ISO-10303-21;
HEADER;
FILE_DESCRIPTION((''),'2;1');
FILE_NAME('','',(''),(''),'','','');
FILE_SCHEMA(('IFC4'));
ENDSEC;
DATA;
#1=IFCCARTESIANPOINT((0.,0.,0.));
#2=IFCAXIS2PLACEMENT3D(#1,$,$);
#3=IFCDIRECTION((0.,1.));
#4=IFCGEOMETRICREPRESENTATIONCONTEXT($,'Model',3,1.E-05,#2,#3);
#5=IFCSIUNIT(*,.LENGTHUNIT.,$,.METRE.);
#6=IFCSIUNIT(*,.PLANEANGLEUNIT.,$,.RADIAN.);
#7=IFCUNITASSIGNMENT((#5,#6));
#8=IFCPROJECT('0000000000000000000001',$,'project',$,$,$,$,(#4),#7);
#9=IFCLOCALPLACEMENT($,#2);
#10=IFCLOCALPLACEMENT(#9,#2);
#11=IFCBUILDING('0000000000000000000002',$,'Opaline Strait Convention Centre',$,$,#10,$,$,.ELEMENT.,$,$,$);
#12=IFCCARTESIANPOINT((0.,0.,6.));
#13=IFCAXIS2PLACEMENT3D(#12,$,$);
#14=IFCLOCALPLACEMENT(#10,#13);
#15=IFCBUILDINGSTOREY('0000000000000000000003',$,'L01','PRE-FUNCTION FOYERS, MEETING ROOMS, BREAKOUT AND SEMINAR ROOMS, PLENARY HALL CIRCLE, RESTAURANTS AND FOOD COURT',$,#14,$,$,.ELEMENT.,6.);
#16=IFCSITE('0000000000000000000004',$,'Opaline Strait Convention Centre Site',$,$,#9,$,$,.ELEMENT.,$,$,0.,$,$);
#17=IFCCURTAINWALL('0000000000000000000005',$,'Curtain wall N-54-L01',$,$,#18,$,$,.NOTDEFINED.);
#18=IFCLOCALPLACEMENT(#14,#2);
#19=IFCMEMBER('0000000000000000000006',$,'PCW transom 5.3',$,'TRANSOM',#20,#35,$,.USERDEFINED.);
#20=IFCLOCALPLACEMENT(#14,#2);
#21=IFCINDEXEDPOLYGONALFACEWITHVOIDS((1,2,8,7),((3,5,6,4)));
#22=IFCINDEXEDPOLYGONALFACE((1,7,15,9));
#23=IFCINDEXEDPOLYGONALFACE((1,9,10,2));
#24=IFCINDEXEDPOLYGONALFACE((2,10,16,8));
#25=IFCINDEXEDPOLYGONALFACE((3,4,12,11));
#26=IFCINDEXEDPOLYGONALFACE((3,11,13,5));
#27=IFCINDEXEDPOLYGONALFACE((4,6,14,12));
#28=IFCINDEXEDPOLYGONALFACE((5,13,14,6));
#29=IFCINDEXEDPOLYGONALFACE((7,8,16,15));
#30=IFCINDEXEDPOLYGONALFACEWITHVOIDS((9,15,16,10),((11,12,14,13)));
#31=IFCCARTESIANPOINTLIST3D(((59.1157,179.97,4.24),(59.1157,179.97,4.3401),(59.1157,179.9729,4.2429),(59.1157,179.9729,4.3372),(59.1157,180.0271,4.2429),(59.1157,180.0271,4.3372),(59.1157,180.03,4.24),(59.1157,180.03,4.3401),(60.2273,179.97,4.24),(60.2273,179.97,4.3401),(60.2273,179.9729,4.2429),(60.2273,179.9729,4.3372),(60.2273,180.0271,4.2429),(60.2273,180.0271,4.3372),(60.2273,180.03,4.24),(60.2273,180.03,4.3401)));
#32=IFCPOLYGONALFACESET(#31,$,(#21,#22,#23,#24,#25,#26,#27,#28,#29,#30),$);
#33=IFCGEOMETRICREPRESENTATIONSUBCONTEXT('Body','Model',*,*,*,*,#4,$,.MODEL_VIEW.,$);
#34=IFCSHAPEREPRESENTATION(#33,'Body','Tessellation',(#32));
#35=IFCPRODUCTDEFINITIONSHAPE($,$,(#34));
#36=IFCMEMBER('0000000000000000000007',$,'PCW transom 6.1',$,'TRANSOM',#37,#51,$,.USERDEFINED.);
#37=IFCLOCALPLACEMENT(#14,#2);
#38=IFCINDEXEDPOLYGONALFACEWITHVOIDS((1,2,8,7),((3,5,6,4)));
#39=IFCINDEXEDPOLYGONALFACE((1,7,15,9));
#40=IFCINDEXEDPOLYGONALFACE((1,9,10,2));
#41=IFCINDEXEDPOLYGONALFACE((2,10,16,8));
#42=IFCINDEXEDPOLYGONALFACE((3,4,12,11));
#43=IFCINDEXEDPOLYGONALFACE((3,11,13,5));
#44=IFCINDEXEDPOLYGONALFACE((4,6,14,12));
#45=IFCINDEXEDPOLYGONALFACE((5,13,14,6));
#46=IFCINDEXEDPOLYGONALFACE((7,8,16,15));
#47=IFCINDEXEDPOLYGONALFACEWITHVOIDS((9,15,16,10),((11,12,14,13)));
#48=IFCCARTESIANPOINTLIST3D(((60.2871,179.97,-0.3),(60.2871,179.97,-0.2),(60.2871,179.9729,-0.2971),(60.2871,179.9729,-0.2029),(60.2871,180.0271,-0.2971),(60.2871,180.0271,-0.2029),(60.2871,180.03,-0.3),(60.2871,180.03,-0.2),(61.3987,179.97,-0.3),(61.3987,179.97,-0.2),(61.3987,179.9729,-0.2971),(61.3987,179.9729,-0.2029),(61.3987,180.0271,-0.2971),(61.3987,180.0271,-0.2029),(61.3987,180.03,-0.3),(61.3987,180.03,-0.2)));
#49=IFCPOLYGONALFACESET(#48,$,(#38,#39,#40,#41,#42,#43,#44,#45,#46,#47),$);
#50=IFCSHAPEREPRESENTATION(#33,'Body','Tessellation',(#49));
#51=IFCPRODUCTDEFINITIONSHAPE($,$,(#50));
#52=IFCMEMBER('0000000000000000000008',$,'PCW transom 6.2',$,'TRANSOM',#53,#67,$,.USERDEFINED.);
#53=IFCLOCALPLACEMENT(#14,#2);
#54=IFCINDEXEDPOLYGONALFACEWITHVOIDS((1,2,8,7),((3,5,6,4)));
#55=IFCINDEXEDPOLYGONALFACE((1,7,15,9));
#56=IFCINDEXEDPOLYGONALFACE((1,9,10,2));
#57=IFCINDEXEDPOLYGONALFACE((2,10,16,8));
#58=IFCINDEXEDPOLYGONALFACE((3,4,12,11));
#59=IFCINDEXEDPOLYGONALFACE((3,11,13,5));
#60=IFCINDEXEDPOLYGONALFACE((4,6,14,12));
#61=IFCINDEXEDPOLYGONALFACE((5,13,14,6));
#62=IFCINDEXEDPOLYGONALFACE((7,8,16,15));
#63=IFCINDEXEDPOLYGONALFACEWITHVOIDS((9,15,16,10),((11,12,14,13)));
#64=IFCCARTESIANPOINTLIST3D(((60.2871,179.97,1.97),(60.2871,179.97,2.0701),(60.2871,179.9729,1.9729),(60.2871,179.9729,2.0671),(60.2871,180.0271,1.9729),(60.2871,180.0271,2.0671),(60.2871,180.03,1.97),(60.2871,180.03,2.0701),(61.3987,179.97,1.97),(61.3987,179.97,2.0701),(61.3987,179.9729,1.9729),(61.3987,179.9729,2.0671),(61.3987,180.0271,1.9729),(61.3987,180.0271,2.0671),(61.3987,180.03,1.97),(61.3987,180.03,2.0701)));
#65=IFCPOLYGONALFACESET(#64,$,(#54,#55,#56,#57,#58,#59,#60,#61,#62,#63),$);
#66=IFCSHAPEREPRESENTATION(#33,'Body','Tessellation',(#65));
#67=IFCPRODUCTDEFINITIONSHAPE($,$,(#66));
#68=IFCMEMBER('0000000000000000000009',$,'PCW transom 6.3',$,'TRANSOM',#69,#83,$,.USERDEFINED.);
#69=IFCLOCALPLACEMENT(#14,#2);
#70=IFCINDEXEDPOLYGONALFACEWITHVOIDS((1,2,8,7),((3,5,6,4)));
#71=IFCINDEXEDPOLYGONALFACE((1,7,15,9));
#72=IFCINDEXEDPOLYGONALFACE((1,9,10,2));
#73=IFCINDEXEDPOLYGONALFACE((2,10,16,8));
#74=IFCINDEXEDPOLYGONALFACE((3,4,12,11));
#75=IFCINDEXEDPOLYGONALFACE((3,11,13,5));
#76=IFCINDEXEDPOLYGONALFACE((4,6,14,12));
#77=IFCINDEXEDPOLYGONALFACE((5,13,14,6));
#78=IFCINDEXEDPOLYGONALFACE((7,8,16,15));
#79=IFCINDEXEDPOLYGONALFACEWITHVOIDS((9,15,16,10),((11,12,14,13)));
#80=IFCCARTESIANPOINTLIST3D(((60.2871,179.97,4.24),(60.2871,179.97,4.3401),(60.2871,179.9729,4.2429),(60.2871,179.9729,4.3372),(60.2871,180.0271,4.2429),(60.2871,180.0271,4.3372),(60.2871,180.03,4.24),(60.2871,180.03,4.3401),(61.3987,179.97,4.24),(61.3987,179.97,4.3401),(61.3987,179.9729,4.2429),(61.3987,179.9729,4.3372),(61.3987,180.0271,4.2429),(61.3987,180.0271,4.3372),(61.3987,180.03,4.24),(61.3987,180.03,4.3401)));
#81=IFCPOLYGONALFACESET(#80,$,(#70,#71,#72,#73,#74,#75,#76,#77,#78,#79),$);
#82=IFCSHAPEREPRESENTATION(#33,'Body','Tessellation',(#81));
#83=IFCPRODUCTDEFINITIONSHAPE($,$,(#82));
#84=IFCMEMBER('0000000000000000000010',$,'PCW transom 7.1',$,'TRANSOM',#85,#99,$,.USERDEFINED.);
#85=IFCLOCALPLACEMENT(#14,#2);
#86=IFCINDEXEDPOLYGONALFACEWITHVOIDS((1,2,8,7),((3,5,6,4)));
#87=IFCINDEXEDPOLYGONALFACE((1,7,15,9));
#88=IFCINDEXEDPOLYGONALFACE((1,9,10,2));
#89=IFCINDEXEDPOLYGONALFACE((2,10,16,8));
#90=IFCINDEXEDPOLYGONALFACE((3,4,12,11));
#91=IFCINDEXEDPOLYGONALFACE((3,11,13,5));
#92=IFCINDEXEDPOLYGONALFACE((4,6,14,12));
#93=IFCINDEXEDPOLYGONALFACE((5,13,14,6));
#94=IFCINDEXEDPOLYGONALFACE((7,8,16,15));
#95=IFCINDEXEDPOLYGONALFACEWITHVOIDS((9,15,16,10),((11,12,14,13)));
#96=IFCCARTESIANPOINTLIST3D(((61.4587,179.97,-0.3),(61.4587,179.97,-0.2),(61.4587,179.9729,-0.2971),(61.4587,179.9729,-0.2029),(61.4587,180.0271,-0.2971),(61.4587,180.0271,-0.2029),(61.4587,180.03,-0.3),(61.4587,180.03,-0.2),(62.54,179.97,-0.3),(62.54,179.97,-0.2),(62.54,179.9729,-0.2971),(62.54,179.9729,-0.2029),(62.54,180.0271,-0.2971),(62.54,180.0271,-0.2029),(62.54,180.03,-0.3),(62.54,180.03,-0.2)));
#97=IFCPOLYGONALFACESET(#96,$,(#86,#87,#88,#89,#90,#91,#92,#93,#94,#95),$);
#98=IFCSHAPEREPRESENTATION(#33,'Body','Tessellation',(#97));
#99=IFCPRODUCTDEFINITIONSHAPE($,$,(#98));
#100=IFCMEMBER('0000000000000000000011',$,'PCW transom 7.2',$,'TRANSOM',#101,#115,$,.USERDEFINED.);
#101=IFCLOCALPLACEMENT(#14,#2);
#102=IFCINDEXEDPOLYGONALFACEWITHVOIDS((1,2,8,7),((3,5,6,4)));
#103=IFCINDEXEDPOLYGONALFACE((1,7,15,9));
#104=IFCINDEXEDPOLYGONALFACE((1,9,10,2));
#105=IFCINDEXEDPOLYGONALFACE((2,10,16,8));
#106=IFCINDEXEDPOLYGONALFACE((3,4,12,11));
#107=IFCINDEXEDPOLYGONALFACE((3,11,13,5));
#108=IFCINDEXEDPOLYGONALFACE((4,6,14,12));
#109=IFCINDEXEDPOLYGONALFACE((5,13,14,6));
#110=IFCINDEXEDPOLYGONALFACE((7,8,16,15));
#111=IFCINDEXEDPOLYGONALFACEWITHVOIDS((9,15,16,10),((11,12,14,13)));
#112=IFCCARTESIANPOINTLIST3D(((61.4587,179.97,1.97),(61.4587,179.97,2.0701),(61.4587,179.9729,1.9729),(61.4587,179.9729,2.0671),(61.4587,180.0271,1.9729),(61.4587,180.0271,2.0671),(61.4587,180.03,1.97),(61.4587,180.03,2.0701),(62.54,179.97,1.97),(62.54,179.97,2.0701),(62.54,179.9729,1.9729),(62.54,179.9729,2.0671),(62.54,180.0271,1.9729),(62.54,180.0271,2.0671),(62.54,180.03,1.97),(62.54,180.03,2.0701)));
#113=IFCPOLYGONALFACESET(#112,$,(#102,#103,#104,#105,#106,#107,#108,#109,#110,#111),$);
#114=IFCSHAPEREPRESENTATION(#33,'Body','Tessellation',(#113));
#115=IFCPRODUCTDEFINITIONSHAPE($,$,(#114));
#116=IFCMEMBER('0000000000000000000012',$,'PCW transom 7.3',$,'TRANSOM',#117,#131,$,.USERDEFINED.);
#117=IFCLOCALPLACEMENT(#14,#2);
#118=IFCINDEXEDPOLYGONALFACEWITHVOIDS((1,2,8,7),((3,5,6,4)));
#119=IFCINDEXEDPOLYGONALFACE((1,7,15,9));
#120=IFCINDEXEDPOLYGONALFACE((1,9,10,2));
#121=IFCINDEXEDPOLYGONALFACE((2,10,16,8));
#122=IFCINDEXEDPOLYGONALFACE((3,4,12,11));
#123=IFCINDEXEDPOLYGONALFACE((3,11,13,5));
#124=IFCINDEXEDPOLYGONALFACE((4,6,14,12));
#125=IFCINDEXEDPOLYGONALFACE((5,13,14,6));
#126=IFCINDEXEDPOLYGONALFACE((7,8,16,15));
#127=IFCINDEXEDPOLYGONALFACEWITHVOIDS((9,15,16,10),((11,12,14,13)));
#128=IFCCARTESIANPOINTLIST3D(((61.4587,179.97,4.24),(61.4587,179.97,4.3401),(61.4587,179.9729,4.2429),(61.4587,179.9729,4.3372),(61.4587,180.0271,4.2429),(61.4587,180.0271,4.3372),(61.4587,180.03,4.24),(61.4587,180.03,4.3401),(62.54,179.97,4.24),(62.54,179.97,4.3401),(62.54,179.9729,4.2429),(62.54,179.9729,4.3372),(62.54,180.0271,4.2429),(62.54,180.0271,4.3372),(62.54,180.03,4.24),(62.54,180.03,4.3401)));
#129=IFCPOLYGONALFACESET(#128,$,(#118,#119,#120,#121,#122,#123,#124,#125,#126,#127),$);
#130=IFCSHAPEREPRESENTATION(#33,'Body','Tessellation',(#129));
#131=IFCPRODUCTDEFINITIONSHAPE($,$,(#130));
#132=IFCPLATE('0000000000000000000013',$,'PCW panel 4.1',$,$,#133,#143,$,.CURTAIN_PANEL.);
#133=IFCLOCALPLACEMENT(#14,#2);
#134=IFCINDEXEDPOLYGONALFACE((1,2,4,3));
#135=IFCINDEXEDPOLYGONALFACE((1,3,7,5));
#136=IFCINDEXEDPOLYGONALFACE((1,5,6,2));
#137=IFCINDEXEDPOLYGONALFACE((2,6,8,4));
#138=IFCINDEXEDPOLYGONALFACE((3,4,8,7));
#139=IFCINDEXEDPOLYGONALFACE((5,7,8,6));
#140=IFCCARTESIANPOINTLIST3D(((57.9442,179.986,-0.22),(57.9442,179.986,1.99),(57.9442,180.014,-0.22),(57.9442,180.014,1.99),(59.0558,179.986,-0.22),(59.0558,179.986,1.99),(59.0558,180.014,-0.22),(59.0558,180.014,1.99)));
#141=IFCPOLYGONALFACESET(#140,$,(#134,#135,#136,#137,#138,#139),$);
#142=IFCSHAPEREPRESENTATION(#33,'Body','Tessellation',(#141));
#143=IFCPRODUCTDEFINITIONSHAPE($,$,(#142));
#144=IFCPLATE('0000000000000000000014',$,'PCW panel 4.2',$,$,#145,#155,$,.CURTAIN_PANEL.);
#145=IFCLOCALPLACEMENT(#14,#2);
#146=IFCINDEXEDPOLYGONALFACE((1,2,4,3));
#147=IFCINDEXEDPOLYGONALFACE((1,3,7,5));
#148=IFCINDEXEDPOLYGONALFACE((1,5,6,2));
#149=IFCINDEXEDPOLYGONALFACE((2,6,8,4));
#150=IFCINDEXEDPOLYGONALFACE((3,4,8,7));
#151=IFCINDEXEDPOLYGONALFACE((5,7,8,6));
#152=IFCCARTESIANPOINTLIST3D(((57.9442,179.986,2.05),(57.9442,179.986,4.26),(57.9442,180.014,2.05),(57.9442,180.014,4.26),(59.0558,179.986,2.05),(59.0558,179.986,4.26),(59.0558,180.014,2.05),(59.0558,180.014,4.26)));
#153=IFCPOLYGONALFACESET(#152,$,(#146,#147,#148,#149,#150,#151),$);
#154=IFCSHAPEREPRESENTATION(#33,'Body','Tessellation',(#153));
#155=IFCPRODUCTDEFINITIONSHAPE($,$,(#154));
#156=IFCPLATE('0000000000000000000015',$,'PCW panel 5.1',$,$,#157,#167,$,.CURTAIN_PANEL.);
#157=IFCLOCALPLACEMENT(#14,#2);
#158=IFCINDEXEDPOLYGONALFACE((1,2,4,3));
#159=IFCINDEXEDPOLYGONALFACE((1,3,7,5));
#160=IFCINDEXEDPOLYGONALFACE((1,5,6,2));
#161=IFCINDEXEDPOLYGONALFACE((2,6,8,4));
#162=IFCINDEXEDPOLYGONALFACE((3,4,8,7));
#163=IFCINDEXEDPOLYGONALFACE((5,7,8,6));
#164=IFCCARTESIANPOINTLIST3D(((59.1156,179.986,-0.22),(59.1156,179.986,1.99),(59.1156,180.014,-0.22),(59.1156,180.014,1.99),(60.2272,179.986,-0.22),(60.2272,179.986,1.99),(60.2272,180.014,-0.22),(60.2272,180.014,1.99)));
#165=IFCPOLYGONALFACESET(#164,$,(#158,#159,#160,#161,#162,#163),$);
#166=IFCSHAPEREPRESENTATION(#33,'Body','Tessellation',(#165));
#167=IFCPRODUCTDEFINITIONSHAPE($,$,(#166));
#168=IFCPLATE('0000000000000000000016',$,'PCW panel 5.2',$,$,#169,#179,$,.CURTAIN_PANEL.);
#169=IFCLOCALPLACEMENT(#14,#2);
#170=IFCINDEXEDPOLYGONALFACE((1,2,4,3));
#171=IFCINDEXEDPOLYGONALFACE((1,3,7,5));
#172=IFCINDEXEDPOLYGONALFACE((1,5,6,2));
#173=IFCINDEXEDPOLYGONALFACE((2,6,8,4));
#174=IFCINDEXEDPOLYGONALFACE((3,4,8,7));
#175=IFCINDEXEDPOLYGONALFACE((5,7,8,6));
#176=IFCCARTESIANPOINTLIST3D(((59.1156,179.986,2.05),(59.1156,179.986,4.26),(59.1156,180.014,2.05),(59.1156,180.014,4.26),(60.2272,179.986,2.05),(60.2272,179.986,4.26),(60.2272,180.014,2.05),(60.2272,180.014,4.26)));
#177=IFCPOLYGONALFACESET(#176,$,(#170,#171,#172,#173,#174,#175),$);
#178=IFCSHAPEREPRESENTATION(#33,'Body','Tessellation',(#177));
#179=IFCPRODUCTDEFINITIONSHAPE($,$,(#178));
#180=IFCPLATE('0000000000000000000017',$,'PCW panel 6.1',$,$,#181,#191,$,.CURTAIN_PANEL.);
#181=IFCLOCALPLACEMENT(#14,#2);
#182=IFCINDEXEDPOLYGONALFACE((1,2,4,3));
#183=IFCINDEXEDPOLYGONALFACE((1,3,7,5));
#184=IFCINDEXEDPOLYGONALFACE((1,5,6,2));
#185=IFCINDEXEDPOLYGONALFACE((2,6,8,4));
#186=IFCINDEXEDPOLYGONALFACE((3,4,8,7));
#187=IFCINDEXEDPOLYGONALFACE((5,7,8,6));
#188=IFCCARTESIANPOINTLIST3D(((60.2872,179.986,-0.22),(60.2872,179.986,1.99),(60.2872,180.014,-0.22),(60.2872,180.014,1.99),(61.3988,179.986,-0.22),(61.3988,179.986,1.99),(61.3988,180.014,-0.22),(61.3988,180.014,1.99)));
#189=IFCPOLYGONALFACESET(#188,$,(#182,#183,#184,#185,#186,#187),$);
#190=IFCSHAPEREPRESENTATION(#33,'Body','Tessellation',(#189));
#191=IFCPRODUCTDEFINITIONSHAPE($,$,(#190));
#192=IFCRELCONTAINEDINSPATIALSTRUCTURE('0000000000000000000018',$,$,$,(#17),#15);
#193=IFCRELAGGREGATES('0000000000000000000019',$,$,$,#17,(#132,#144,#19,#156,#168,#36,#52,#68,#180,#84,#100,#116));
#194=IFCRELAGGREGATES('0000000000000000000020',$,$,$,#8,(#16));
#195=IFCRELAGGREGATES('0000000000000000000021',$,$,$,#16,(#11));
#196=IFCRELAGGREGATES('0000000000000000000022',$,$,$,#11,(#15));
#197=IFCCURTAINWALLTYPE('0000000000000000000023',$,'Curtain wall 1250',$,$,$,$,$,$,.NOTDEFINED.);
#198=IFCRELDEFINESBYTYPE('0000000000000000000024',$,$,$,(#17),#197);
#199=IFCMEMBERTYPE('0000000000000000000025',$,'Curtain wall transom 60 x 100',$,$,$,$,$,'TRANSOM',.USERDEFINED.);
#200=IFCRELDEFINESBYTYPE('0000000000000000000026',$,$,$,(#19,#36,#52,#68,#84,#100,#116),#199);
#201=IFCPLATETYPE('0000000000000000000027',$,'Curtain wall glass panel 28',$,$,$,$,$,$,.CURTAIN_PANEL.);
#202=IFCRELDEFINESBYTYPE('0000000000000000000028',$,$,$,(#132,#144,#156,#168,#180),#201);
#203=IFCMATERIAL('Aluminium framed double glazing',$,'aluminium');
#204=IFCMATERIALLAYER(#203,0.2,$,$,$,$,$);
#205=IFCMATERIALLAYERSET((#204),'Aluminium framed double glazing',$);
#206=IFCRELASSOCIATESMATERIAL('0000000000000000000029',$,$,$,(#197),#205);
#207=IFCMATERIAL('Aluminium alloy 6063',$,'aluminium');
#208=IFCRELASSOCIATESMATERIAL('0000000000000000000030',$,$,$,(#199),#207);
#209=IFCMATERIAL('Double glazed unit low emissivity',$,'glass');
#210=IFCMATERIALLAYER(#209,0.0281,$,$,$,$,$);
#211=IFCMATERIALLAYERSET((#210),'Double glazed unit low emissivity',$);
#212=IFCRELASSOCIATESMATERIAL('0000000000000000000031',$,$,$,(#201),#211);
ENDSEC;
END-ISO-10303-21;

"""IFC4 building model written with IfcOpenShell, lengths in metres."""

from ifc_helpers import new_model, si_unit, direction, frame, origin, origin_2d, place, context, subcontext, project, spatial, rectangle, hollow_rectangle, extrude, material, layer, layer_set, material_profile, profile_set, type_object, element, aggregate, save


model = new_model("IFC4")

# Units and contexts
model_context = context("Model", 3, precision=1e-05, world=origin(), true_north=direction((0.0, 1.0)))
body_context = subcontext(model_context, "Body", "Model", "MODEL_VIEW")
ifc_project = project(units=[si_unit("LENGTHUNIT", "METRE"), si_unit("PLANEANGLEUNIT", "RADIAN")], contexts=[model_context])

# Site, building, storey
site_placement = place(None, origin())
site = spatial("IfcSite", under=ifc_project, at=site_placement, Name="Opaline Strait Convention Centre Site", CompositionType="ELEMENT", RefElevation=0.0)
building_placement = place(site_placement, origin())
building = spatial("IfcBuilding", under=site, at=building_placement, Name="Opaline Strait Convention Centre", CompositionType="ELEMENT")
storey_placement = place(building_placement, frame((0.0, 0.0, 6.0)))
storey = spatial("IfcBuildingStorey", under=building, at=storey_placement, Name="L01", Description="PRE-FUNCTION FOYERS, MEETING ROOMS, BREAKOUT AND SEMINAR ROOMS, PLENARY HALL CIRCLE, RESTAURANTS AND FOOD COURT", CompositionType="ELEMENT", Elevation=6.0)

# Curtain wall, members, plates
ifc_material_1 = material(Name="Aluminium framed double glazing", Category="aluminium")
ifc_layer_1 = layer(ifc_material_1, 0.2)
ifc_layer_set_1 = layer_set([ifc_layer_1], Name="Aluminium framed double glazing")
curtain_wall_type = type_object("IfcCurtainWallType", Name="Curtain wall 1250", PredefinedType="NOTDEFINED", material=ifc_layer_set_1)
curtain_wall_placement = place(storey_placement, origin())
curtain_wall = element("IfcCurtainWall", 1, at=curtain_wall_placement, inside=storey, type_object=curtain_wall_type, Name="Curtain wall N-54-L01", PredefinedType="NOTDEFINED")
ifc_material_2 = material(Name="Aluminium alloy 6063", Category="aluminium")
ifc_material_profile_1 = material_profile(ifc_material_2, hollow_rectangle(XDim=0.0601, YDim=0.1001, WallThickness=0.0029, at=origin_2d()), Name="TRANSOM 60x100x3")
ifc_profile_set_1 = profile_set([ifc_material_profile_1], Name="Aluminium alloy 6063")
member_type_1 = type_object("IfcMemberType", Name="Curtain wall transom 60 x 100", ElementType="TRANSOM", PredefinedType="USERDEFINED", material=ifc_profile_set_1)
member_1_placement = place(storey_placement, frame((59.1157, 180.0, 4.29), z_axis=(1.0, 0.0, 0.0), x_axis=(0.0, 1.0, 0.0)))
member_1 = element("IfcMember", 2, at=member_1_placement, type_object=member_type_1, Name="PCW transom 5.3", ObjectType="TRANSOM", PredefinedType="USERDEFINED", context=body_context, shape_type="SweptSolid", body=[
    extrude(hollow_rectangle(XDim=0.0601, YDim=0.1001, WallThickness=0.0029, at=origin_2d()), origin(), (0.0, 0.0, 1.0), 1.1116),
])
member_2_placement = place(storey_placement, frame((60.2871, 180.0, -0.25), z_axis=(1.0, 0.0, 0.0), x_axis=(0.0, 1.0, 0.0)))
member_2 = element("IfcMember", 3, at=member_2_placement, type_object=member_type_1, Name="PCW transom 6.1", ObjectType="TRANSOM", PredefinedType="USERDEFINED", context=body_context, shape_type="SweptSolid", body=[
    extrude(hollow_rectangle(XDim=0.0601, YDim=0.1001, WallThickness=0.0029, at=origin_2d()), origin(), (0.0, 0.0, 1.0), 1.1116),
])
member_3_placement = place(storey_placement, frame((60.2871, 180.0, 2.02), z_axis=(1.0, 0.0, 0.0), x_axis=(0.0, 1.0, 0.0)))
member_3 = element("IfcMember", 4, at=member_3_placement, type_object=member_type_1, Name="PCW transom 6.2", ObjectType="TRANSOM", PredefinedType="USERDEFINED", context=body_context, shape_type="SweptSolid", body=[
    extrude(hollow_rectangle(XDim=0.0601, YDim=0.1001, WallThickness=0.0029, at=origin_2d()), origin(), (0.0, 0.0, 1.0), 1.1116),
])
member_4_placement = place(storey_placement, frame((60.2871, 180.0, 4.29), z_axis=(1.0, 0.0, 0.0), x_axis=(0.0, 1.0, 0.0)))
member_4 = element("IfcMember", 5, at=member_4_placement, type_object=member_type_1, Name="PCW transom 6.3", ObjectType="TRANSOM", PredefinedType="USERDEFINED", context=body_context, shape_type="SweptSolid", body=[
    extrude(hollow_rectangle(XDim=0.0601, YDim=0.1001, WallThickness=0.0029, at=origin_2d()), origin(), (0.0, 0.0, 1.0), 1.1116),
])
member_5_placement = place(storey_placement, frame((61.4587, 180.0, -0.25), z_axis=(1.0, 0.0, 0.0), x_axis=(0.0, 1.0, 0.0)))
member_5 = element("IfcMember", 6, at=member_5_placement, type_object=member_type_1, Name="PCW transom 7.1", ObjectType="TRANSOM", PredefinedType="USERDEFINED", context=body_context, shape_type="SweptSolid", body=[
    extrude(hollow_rectangle(XDim=0.0601, YDim=0.1001, WallThickness=0.0029, at=origin_2d()), origin(), (0.0, 0.0, 1.0), 1.0813),
])
member_6_placement = place(storey_placement, frame((61.4587, 180.0, 2.02), z_axis=(1.0, 0.0, 0.0), x_axis=(0.0, 1.0, 0.0)))
member_6 = element("IfcMember", 7, at=member_6_placement, type_object=member_type_1, Name="PCW transom 7.2", ObjectType="TRANSOM", PredefinedType="USERDEFINED", context=body_context, shape_type="SweptSolid", body=[
    extrude(hollow_rectangle(XDim=0.0601, YDim=0.1001, WallThickness=0.0029, at=origin_2d()), origin(), (0.0, 0.0, 1.0), 1.0813),
])
member_7_placement = place(storey_placement, frame((61.4587, 180.0, 4.29), z_axis=(1.0, 0.0, 0.0), x_axis=(0.0, 1.0, 0.0)))
member_7 = element("IfcMember", 8, at=member_7_placement, type_object=member_type_1, Name="PCW transom 7.3", ObjectType="TRANSOM", PredefinedType="USERDEFINED", context=body_context, shape_type="SweptSolid", body=[
    extrude(hollow_rectangle(XDim=0.0601, YDim=0.1001, WallThickness=0.0029, at=origin_2d()), origin(), (0.0, 0.0, 1.0), 1.0813),
])
ifc_material_3 = material(Name="Double glazed unit low emissivity", Category="glass")
ifc_layer_2 = layer(ifc_material_3, 0.0281)
ifc_layer_set_2 = layer_set([ifc_layer_2], Name="Double glazed unit low emissivity")
plate_type = type_object("IfcPlateType", Name="Curtain wall glass panel 28", PredefinedType="CURTAIN_PANEL", material=ifc_layer_set_2)
plate_1_placement = place(storey_placement, frame((58.5, 180.0, -0.22), z_axis=(0.0, 0.0, 1.0), x_axis=(1.0, 0.0, 0.0)))
plate_1 = element("IfcPlate", 9, at=plate_1_placement, type_object=plate_type, Name="PCW panel 4.1", PredefinedType="CURTAIN_PANEL", context=body_context, shape_type="SweptSolid", body=[
    extrude(rectangle(XDim=1.1116, YDim=0.0281, at=origin_2d()), origin(), (0.0, 0.0, 1.0), 2.21),
])
plate_2_placement = place(storey_placement, frame((58.5, 180.0, 2.05), z_axis=(0.0, 0.0, 1.0), x_axis=(1.0, 0.0, 0.0)))
plate_2 = element("IfcPlate", 10, at=plate_2_placement, type_object=plate_type, Name="PCW panel 4.2", PredefinedType="CURTAIN_PANEL", context=body_context, shape_type="SweptSolid", body=[
    extrude(rectangle(XDim=1.1116, YDim=0.0281, at=origin_2d()), origin(), (0.0, 0.0, 1.0), 2.21),
])
plate_3_placement = place(storey_placement, frame((59.6714, 180.0, -0.22), z_axis=(0.0, 0.0, 1.0), x_axis=(1.0, 0.0, 0.0)))
plate_3 = element("IfcPlate", 11, at=plate_3_placement, type_object=plate_type, Name="PCW panel 5.1", PredefinedType="CURTAIN_PANEL", context=body_context, shape_type="SweptSolid", body=[
    extrude(rectangle(XDim=1.1116, YDim=0.0281, at=origin_2d()), origin(), (0.0, 0.0, 1.0), 2.21),
])
plate_4_placement = place(storey_placement, frame((59.6714, 180.0, 2.05), z_axis=(0.0, 0.0, 1.0), x_axis=(1.0, 0.0, 0.0)))
plate_4 = element("IfcPlate", 12, at=plate_4_placement, type_object=plate_type, Name="PCW panel 5.2", PredefinedType="CURTAIN_PANEL", context=body_context, shape_type="SweptSolid", body=[
    extrude(rectangle(XDim=1.1116, YDim=0.0281, at=origin_2d()), origin(), (0.0, 0.0, 1.0), 2.21),
])
plate_5_placement = place(storey_placement, frame((60.843, 180.0, -0.22), z_axis=(0.0, 0.0, 1.0), x_axis=(1.0, 0.0, 0.0)))
plate_5 = element("IfcPlate", 13, at=plate_5_placement, type_object=plate_type, Name="PCW panel 6.1", PredefinedType="CURTAIN_PANEL", context=body_context, shape_type="SweptSolid", body=[
    extrude(rectangle(XDim=1.1116, YDim=0.0281, at=origin_2d()), origin(), (0.0, 0.0, 1.0), 2.21),
])
aggregate(curtain_wall, [plate_1, plate_2, member_1, plate_3, plate_4, member_2, member_3, member_4, plate_5, member_5, member_6, member_7])

save(model, "model.ifc")
